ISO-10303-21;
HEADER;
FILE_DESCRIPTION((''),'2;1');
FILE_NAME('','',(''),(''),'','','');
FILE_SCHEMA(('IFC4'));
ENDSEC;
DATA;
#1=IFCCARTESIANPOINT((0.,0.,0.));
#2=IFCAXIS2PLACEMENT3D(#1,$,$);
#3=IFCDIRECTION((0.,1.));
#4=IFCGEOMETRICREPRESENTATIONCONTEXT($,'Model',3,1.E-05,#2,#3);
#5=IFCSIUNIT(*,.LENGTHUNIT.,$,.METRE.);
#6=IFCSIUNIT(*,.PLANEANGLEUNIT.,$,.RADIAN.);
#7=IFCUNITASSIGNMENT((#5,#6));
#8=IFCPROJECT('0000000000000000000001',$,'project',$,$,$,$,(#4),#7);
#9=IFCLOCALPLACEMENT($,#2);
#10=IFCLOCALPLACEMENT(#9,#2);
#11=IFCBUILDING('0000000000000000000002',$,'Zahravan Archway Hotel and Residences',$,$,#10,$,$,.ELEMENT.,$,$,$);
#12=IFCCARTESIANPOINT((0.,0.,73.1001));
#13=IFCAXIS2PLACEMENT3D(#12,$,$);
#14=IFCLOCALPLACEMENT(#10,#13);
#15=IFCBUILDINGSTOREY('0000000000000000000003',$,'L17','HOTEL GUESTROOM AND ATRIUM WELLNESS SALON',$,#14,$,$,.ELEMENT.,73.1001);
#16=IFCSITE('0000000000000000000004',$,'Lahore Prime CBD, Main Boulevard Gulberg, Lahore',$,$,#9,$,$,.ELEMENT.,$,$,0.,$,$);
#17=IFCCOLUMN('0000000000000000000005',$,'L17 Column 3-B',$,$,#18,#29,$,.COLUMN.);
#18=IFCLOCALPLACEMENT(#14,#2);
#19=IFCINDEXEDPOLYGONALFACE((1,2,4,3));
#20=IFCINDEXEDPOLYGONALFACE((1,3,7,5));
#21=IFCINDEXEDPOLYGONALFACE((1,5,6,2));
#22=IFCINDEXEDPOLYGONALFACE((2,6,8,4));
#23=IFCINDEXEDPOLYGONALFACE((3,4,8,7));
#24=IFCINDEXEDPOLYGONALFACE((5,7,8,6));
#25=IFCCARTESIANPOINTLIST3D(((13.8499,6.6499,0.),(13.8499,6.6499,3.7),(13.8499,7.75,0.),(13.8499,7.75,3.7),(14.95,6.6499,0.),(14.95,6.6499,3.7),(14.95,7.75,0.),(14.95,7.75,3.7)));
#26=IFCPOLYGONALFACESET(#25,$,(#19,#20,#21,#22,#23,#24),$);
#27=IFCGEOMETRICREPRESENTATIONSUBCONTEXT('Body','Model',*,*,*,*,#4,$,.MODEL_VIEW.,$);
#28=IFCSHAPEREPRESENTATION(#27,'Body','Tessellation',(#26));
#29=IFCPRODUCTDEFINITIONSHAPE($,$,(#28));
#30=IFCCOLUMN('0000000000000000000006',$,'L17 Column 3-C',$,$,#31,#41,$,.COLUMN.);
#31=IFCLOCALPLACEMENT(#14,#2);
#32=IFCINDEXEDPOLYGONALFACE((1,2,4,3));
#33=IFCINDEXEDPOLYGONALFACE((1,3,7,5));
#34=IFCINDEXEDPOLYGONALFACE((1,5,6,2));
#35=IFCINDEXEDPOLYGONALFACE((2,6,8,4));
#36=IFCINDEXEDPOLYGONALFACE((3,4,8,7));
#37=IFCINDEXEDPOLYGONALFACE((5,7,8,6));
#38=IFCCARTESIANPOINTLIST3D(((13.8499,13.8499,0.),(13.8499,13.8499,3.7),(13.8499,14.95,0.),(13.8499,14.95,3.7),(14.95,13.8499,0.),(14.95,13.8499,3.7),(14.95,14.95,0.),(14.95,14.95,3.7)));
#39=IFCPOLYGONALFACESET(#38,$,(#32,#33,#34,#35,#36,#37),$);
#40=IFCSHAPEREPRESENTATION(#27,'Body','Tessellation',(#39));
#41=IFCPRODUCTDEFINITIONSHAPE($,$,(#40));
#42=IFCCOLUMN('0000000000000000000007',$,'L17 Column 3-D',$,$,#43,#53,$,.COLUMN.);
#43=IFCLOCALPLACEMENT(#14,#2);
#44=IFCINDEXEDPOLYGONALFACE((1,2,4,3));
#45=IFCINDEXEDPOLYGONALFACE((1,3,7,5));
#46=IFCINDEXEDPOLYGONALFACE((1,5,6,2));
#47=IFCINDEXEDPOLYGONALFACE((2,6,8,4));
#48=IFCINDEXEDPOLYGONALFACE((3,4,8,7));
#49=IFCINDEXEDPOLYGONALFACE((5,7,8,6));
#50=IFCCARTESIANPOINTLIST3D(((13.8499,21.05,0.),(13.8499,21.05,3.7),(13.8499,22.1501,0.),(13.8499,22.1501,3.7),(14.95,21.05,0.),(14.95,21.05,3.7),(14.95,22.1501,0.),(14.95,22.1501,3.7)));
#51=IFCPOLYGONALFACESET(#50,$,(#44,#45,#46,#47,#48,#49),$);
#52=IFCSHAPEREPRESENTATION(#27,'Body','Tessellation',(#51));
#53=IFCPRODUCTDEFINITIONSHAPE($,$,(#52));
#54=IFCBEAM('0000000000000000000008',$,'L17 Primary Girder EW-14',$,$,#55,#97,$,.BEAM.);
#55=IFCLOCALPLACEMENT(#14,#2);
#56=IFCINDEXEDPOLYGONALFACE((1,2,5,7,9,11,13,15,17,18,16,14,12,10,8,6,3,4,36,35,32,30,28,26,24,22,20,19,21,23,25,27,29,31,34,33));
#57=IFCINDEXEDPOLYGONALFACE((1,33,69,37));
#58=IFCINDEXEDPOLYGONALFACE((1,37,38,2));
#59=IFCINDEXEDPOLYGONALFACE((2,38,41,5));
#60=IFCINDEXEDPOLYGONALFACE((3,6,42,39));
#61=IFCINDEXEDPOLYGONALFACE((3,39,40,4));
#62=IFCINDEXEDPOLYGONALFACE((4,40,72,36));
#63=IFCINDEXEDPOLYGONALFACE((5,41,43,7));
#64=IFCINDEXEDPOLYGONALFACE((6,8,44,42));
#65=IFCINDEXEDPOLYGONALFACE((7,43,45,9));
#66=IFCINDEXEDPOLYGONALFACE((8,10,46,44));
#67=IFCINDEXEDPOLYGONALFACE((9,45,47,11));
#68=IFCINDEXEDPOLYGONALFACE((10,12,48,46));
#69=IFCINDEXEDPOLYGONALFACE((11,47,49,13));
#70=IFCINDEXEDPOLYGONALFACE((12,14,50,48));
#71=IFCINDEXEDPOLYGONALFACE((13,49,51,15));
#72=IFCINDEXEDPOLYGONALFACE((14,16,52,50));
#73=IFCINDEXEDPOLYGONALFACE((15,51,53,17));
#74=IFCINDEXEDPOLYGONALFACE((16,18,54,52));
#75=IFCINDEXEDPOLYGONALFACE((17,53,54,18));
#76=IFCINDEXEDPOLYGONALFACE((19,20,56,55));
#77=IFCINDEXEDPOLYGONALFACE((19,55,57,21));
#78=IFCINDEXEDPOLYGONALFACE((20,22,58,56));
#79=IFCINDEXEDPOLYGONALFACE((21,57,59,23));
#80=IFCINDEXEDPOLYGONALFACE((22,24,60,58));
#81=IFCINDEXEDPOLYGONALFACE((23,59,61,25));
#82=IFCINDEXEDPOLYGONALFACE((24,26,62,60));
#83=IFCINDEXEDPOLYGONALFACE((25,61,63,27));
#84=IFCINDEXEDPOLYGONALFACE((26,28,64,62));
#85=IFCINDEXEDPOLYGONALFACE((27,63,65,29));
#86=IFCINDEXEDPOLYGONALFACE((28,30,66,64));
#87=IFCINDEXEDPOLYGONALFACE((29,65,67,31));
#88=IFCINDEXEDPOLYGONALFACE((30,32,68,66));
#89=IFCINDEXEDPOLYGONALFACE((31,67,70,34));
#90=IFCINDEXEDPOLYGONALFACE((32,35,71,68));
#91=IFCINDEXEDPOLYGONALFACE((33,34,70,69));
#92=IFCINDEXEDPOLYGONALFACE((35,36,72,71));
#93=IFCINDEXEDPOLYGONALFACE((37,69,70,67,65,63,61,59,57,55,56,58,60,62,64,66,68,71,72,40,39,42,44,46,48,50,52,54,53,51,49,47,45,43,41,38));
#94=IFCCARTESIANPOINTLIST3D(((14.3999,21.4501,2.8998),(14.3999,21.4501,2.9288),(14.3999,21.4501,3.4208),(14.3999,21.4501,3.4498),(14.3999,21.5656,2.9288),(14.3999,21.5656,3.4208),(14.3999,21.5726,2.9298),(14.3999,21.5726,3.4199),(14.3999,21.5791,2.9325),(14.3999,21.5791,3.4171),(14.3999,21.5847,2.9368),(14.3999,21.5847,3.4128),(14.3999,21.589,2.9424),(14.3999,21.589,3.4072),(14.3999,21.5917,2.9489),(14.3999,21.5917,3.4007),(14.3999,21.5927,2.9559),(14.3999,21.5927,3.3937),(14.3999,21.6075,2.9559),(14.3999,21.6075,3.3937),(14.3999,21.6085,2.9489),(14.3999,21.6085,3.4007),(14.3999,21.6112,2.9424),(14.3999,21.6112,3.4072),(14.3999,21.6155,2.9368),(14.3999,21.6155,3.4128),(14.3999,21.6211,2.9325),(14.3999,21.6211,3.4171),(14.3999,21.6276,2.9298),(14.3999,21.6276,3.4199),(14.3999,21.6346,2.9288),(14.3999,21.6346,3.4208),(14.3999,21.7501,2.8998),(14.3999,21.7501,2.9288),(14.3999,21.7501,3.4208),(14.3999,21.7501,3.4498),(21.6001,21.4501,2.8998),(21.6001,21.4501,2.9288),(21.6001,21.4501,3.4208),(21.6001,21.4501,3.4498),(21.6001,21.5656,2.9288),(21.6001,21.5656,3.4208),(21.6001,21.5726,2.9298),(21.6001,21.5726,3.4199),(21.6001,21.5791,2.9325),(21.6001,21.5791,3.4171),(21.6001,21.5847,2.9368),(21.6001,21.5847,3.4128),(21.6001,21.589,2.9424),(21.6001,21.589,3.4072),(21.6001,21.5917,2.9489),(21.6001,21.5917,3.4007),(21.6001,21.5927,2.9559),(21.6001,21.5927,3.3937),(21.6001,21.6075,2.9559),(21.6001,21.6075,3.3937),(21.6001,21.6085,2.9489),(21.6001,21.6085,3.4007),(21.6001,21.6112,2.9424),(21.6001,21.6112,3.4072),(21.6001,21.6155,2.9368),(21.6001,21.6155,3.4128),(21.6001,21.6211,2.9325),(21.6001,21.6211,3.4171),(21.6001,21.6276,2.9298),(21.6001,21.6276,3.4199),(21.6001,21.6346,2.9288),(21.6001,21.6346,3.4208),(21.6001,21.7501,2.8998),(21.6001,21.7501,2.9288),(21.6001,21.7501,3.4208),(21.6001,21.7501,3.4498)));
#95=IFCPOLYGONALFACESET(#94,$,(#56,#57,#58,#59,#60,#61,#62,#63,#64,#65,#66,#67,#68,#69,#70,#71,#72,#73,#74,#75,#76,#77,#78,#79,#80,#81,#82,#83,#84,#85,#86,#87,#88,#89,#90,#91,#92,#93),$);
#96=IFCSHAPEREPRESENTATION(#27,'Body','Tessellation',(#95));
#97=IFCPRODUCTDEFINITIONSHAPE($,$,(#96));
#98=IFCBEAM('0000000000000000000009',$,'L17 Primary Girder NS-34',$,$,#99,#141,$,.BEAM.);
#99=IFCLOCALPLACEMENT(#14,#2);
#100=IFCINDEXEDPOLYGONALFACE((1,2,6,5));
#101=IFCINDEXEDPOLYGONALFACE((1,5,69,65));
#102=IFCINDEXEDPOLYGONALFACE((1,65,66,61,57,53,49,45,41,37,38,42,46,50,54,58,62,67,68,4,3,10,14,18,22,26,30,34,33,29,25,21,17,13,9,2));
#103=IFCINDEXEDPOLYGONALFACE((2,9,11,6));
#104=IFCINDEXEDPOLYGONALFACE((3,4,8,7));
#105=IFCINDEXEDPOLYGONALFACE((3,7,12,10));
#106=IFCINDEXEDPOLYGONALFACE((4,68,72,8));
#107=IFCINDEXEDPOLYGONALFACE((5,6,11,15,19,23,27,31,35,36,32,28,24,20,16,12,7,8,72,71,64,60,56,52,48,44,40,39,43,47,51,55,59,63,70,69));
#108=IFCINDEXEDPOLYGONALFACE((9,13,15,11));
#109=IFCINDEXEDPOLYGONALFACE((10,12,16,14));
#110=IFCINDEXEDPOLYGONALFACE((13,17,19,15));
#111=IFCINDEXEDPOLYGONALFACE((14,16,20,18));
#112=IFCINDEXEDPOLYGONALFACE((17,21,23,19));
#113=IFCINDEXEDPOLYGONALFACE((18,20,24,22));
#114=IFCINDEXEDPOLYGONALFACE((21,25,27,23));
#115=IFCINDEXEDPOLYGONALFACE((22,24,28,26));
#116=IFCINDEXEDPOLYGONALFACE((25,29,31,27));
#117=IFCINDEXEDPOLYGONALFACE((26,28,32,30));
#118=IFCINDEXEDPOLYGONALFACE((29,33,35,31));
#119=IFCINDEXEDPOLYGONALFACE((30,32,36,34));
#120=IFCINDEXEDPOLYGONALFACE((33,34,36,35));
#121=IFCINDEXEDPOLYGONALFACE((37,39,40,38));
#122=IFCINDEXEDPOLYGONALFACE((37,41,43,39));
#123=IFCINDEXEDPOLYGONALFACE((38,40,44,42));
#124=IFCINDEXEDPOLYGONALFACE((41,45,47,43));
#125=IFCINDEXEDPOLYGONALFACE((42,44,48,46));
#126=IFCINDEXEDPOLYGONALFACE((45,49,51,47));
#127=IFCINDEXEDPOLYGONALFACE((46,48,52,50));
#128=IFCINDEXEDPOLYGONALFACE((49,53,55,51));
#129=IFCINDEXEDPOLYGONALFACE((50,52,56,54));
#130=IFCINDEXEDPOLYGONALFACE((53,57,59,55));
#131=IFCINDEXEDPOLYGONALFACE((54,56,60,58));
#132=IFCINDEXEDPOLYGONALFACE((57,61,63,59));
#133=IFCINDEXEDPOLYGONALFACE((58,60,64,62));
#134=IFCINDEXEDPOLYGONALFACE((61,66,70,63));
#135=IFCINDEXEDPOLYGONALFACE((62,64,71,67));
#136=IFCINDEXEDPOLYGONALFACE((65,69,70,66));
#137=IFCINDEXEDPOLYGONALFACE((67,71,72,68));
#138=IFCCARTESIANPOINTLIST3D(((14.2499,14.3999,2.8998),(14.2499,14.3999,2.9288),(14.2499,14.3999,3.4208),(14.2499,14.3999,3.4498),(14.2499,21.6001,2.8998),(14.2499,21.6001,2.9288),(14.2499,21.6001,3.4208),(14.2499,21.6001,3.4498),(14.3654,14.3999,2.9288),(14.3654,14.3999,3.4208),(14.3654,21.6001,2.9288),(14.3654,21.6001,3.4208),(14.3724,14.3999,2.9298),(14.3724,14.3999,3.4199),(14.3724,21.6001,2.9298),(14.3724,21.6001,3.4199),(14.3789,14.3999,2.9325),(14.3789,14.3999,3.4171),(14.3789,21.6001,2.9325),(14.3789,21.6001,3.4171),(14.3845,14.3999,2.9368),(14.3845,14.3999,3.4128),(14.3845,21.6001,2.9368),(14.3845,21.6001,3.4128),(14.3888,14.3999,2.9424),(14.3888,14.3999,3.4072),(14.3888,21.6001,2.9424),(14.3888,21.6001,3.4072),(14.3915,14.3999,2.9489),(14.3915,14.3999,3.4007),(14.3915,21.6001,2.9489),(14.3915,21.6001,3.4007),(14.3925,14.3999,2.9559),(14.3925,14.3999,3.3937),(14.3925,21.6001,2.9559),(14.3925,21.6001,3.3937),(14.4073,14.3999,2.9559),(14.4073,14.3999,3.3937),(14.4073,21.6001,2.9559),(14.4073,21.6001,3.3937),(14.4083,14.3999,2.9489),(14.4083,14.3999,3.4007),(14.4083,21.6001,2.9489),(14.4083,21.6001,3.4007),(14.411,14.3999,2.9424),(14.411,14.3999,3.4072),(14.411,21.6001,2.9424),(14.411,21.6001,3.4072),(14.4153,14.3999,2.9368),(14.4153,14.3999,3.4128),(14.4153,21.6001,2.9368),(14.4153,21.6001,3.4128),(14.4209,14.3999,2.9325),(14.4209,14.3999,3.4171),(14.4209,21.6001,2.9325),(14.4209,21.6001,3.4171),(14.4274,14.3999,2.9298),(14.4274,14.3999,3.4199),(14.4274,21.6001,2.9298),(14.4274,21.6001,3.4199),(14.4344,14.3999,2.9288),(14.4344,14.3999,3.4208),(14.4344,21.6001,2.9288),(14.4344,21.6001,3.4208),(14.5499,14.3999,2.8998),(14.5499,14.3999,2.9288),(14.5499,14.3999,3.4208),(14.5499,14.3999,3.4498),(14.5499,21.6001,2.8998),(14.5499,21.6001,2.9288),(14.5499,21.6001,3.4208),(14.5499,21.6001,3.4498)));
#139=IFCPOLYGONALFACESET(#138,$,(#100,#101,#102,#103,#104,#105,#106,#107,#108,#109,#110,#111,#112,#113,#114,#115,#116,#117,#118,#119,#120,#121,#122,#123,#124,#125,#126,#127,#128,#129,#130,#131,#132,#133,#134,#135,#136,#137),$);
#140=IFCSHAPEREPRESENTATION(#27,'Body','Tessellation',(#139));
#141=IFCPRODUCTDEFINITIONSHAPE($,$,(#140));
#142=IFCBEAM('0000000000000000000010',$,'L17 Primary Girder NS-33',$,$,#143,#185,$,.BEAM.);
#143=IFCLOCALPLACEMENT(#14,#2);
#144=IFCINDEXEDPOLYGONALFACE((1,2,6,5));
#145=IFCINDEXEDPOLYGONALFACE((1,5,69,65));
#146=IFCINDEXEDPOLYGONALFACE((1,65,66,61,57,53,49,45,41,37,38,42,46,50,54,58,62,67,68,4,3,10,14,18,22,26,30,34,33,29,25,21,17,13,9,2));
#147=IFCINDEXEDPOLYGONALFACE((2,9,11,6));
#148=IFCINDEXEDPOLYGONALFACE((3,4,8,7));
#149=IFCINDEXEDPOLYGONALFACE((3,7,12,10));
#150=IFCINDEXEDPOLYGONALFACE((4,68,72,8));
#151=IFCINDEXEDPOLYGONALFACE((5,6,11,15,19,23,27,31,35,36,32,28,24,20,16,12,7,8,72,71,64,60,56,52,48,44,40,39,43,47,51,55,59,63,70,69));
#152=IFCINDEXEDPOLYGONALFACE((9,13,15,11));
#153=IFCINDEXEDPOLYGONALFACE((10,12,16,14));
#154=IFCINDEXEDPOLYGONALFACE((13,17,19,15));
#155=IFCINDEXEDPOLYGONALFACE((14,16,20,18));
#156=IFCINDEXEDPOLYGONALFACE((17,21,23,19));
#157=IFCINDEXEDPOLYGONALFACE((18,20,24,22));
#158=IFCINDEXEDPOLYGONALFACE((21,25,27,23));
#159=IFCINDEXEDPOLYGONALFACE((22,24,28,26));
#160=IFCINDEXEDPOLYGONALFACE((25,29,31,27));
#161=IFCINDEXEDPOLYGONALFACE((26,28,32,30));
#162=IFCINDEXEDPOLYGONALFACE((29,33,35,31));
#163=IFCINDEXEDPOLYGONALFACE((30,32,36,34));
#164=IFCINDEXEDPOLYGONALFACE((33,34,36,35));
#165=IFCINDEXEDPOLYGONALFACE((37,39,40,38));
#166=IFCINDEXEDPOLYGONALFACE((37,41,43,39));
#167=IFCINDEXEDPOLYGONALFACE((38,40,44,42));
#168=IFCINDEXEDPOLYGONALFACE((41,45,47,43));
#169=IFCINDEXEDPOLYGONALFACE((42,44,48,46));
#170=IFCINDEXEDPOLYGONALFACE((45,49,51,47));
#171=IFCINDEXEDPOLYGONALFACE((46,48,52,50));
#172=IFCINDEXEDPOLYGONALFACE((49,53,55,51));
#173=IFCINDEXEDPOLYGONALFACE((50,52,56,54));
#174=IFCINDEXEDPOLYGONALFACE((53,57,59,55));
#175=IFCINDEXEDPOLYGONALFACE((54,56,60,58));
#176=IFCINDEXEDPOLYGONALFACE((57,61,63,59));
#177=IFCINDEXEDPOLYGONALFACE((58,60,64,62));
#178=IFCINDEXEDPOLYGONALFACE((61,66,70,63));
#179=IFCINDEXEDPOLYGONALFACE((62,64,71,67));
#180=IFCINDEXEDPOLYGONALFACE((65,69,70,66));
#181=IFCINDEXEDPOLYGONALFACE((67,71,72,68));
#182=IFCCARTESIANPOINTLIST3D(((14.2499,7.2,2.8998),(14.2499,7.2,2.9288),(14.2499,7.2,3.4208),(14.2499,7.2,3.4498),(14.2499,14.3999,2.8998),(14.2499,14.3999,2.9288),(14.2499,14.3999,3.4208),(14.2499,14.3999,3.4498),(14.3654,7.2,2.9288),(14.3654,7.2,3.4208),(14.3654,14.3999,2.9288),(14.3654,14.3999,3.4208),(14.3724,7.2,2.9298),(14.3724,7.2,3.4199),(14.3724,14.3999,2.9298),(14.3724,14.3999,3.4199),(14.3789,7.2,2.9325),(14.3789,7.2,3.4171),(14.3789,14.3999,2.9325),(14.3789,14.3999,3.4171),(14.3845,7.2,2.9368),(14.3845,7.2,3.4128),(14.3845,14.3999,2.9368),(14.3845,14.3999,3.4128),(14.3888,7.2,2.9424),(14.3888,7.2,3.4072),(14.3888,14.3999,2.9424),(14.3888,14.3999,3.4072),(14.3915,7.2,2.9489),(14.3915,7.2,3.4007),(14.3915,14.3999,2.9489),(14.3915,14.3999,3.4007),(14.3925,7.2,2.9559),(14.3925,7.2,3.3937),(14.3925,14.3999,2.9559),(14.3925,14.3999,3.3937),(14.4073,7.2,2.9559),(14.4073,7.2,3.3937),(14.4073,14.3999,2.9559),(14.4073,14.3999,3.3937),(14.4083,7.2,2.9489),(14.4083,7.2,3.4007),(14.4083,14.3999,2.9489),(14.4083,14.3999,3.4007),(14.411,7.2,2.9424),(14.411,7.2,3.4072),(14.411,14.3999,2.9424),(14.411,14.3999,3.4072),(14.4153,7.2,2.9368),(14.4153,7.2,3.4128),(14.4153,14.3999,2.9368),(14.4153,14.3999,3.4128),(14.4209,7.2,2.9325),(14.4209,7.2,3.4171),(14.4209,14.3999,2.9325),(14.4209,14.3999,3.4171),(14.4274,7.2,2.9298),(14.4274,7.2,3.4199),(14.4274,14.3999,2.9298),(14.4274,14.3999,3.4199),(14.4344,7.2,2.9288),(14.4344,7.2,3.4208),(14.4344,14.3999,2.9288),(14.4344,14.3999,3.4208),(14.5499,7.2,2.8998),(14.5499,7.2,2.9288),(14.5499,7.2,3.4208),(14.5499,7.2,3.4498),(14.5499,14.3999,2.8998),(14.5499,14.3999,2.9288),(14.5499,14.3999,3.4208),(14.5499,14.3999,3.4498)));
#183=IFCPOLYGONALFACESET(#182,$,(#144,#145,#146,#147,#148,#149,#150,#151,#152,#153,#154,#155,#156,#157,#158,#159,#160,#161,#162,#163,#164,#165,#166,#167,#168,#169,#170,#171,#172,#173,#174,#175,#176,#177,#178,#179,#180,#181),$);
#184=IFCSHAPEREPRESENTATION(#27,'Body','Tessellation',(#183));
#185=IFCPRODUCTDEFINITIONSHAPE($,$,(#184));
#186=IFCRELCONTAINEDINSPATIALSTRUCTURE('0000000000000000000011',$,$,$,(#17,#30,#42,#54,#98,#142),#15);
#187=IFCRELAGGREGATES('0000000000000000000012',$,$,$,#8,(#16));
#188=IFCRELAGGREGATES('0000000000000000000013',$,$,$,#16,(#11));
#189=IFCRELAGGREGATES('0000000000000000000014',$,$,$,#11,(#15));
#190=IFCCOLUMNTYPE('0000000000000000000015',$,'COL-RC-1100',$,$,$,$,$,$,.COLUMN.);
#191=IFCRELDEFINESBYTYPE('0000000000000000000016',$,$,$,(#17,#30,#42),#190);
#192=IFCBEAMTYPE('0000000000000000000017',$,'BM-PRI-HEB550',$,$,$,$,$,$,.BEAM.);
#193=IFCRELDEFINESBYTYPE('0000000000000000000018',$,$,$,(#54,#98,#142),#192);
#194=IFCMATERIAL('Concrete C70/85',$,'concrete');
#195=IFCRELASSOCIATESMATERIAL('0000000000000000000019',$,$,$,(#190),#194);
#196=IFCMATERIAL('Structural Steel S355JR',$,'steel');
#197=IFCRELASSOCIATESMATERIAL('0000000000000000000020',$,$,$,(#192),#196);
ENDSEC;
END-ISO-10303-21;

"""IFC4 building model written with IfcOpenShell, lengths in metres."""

from ifc_helpers import new_model, si_unit, direction, frame, origin, origin_2d, place, context, subcontext, project, spatial, rectangle, i_section, extrude, source, transform, mapped, material, material_profile, profile_set, type_object, type_shapes, element, save


model = new_model("IFC4")

# Units and contexts
model_context = context("Model", 3, precision=1e-05, world=origin(), true_north=direction((0.0, 1.0)))
body_context = subcontext(model_context, "Body", "Model", "MODEL_VIEW")
ifc_project = project(units=[si_unit("LENGTHUNIT", "METRE"), si_unit("PLANEANGLEUNIT", "RADIAN")], contexts=[model_context])

# Site, building, storey
site_placement = place(None, origin())
site = spatial("IfcSite", under=ifc_project, at=site_placement, Name="Lahore Prime CBD, Main Boulevard Gulberg, Lahore", CompositionType="ELEMENT", RefElevation=0.0)
building_placement = place(site_placement, origin())
building = spatial("IfcBuilding", under=site, at=building_placement, Name="Zahravan Archway Hotel and Residences", CompositionType="ELEMENT")
storey_placement = place(building_placement, frame((0.0, 0.0, 73.1001)))
storey = spatial("IfcBuildingStorey", under=building, at=storey_placement, Name="L17", Description="HOTEL GUESTROOM AND ATRIUM WELLNESS SALON", CompositionType="ELEMENT", Elevation=73.1001)

# Columns
ifc_material_1 = material(Name="Concrete C70/85", Category="concrete")
ifc_material_profile_1 = material_profile(ifc_material_1, rectangle(XDim=1.1001, YDim=1.1001, at=origin_2d()), Name="RC 1100x1100", Category="concrete")
ifc_profile_set_1 = profile_set([ifc_material_profile_1], Name="Concrete C70/85")
column_type = type_object("IfcColumnType", Name="COL-RC-1100", PredefinedType="COLUMN", material=ifc_profile_set_1)
shared_shape_1 = source(origin(), body_context, "Body", "SweptSolid", [
    extrude(rectangle(XDim=1.1001, YDim=1.1001, at=origin_2d()), origin(), (0.0, 0.0, 1.0), 3.7),
])
for number, where, z_axis, x_axis, name in (
    (1, (14.3999, 7.2, 0.0), (0.0, 0.0, 1.0), (1.0, 0.0, 0.0), "L17 Column 3-B"),
    (2, (14.3999, 14.3999, 0.0), (0.0, 0.0, 1.0), (1.0, 0.0, 0.0), "L17 Column 3-C"),
    (3, (14.3999, 21.6001, 0.0), (0.0, 0.0, 1.0), (1.0, 0.0, 0.0), "L17 Column 3-D"),
):
    element("IfcColumn", number, at=place(storey_placement, frame(where, z_axis=z_axis, x_axis=x_axis)), inside=storey, type_object=column_type, Name=name, PredefinedType="COLUMN", context=body_context, shape_type="MappedRepresentation", body=[
        mapped(shared_shape_1, transform((0.0, 0.0, 0.0), scale=1.0)),
    ])

# Beams
ifc_material_2 = material(Name="Structural Steel S355JR", Category="steel")
ifc_material_profile_2 = material_profile(ifc_material_2, i_section(OverallWidth=0.3, OverallDepth=0.55, WebThickness=0.0149, FlangeThickness=0.0291, FilletRadius=0.0271, at=origin_2d()), Name="HEB 550", Category="steel")
ifc_profile_set_2 = profile_set([ifc_material_profile_2], Name="Structural Steel S355JR")
beam_type = type_object("IfcBeamType", Name="BM-PRI-HEB550", PredefinedType="BEAM", material=ifc_profile_set_2)
shared_shape_2 = source(origin(), body_context, "Body", "SweptSolid", [
    extrude(i_section(OverallWidth=0.3, OverallDepth=0.55, WebThickness=0.0149, FlangeThickness=0.0291, FilletRadius=0.0271, at=origin_2d()), origin(), (0.0, 0.0, 1.0), 7.2002),
])
type_shapes(beam_type, [shared_shape_2])
for number, where, z_axis, x_axis, name in (
    (4, (14.3999, 21.6001, 3.1748), (1.0, 0.0, 0.0), (0.0, 1.0, 0.0), "L17 Primary Girder EW-14"),
    (5, (14.3999, 14.3999, 3.1748), (0.0, 1.0, 0.0), (-1.0, 0.0, 0.0), "L17 Primary Girder NS-34"),
):
    element("IfcBeam", number, at=place(storey_placement, frame(where, z_axis=z_axis, x_axis=x_axis)), inside=storey, type_object=beam_type, Name=name, PredefinedType="BEAM", context=body_context, shape_type="MappedRepresentation", body=[
        mapped(shared_shape_2, transform((0.0, 0.0, 0.0), scale=1.0)),
    ])
shared_shape_3 = source(origin(), body_context, "Body", "SweptSolid", [
    extrude(i_section(OverallWidth=0.3, OverallDepth=0.55, WebThickness=0.0149, FlangeThickness=0.0291, FilletRadius=0.0271, at=origin_2d()), origin(), (0.0, 0.0, 1.0), 7.2),
])
beam_1_placement = place(storey_placement, frame((14.3999, 7.2, 3.1748), z_axis=(0.0, 1.0, 0.0), x_axis=(-1.0, 0.0, 0.0)))
element("IfcBeam", 6, at=beam_1_placement, inside=storey, type_object=beam_type, Name="L17 Primary Girder NS-33", PredefinedType="BEAM", context=body_context, shape_type="MappedRepresentation", body=[
    mapped(shared_shape_3, transform((0.0, 0.0, 0.0), scale=1.0)),
])

save(model, "model.ifc")
